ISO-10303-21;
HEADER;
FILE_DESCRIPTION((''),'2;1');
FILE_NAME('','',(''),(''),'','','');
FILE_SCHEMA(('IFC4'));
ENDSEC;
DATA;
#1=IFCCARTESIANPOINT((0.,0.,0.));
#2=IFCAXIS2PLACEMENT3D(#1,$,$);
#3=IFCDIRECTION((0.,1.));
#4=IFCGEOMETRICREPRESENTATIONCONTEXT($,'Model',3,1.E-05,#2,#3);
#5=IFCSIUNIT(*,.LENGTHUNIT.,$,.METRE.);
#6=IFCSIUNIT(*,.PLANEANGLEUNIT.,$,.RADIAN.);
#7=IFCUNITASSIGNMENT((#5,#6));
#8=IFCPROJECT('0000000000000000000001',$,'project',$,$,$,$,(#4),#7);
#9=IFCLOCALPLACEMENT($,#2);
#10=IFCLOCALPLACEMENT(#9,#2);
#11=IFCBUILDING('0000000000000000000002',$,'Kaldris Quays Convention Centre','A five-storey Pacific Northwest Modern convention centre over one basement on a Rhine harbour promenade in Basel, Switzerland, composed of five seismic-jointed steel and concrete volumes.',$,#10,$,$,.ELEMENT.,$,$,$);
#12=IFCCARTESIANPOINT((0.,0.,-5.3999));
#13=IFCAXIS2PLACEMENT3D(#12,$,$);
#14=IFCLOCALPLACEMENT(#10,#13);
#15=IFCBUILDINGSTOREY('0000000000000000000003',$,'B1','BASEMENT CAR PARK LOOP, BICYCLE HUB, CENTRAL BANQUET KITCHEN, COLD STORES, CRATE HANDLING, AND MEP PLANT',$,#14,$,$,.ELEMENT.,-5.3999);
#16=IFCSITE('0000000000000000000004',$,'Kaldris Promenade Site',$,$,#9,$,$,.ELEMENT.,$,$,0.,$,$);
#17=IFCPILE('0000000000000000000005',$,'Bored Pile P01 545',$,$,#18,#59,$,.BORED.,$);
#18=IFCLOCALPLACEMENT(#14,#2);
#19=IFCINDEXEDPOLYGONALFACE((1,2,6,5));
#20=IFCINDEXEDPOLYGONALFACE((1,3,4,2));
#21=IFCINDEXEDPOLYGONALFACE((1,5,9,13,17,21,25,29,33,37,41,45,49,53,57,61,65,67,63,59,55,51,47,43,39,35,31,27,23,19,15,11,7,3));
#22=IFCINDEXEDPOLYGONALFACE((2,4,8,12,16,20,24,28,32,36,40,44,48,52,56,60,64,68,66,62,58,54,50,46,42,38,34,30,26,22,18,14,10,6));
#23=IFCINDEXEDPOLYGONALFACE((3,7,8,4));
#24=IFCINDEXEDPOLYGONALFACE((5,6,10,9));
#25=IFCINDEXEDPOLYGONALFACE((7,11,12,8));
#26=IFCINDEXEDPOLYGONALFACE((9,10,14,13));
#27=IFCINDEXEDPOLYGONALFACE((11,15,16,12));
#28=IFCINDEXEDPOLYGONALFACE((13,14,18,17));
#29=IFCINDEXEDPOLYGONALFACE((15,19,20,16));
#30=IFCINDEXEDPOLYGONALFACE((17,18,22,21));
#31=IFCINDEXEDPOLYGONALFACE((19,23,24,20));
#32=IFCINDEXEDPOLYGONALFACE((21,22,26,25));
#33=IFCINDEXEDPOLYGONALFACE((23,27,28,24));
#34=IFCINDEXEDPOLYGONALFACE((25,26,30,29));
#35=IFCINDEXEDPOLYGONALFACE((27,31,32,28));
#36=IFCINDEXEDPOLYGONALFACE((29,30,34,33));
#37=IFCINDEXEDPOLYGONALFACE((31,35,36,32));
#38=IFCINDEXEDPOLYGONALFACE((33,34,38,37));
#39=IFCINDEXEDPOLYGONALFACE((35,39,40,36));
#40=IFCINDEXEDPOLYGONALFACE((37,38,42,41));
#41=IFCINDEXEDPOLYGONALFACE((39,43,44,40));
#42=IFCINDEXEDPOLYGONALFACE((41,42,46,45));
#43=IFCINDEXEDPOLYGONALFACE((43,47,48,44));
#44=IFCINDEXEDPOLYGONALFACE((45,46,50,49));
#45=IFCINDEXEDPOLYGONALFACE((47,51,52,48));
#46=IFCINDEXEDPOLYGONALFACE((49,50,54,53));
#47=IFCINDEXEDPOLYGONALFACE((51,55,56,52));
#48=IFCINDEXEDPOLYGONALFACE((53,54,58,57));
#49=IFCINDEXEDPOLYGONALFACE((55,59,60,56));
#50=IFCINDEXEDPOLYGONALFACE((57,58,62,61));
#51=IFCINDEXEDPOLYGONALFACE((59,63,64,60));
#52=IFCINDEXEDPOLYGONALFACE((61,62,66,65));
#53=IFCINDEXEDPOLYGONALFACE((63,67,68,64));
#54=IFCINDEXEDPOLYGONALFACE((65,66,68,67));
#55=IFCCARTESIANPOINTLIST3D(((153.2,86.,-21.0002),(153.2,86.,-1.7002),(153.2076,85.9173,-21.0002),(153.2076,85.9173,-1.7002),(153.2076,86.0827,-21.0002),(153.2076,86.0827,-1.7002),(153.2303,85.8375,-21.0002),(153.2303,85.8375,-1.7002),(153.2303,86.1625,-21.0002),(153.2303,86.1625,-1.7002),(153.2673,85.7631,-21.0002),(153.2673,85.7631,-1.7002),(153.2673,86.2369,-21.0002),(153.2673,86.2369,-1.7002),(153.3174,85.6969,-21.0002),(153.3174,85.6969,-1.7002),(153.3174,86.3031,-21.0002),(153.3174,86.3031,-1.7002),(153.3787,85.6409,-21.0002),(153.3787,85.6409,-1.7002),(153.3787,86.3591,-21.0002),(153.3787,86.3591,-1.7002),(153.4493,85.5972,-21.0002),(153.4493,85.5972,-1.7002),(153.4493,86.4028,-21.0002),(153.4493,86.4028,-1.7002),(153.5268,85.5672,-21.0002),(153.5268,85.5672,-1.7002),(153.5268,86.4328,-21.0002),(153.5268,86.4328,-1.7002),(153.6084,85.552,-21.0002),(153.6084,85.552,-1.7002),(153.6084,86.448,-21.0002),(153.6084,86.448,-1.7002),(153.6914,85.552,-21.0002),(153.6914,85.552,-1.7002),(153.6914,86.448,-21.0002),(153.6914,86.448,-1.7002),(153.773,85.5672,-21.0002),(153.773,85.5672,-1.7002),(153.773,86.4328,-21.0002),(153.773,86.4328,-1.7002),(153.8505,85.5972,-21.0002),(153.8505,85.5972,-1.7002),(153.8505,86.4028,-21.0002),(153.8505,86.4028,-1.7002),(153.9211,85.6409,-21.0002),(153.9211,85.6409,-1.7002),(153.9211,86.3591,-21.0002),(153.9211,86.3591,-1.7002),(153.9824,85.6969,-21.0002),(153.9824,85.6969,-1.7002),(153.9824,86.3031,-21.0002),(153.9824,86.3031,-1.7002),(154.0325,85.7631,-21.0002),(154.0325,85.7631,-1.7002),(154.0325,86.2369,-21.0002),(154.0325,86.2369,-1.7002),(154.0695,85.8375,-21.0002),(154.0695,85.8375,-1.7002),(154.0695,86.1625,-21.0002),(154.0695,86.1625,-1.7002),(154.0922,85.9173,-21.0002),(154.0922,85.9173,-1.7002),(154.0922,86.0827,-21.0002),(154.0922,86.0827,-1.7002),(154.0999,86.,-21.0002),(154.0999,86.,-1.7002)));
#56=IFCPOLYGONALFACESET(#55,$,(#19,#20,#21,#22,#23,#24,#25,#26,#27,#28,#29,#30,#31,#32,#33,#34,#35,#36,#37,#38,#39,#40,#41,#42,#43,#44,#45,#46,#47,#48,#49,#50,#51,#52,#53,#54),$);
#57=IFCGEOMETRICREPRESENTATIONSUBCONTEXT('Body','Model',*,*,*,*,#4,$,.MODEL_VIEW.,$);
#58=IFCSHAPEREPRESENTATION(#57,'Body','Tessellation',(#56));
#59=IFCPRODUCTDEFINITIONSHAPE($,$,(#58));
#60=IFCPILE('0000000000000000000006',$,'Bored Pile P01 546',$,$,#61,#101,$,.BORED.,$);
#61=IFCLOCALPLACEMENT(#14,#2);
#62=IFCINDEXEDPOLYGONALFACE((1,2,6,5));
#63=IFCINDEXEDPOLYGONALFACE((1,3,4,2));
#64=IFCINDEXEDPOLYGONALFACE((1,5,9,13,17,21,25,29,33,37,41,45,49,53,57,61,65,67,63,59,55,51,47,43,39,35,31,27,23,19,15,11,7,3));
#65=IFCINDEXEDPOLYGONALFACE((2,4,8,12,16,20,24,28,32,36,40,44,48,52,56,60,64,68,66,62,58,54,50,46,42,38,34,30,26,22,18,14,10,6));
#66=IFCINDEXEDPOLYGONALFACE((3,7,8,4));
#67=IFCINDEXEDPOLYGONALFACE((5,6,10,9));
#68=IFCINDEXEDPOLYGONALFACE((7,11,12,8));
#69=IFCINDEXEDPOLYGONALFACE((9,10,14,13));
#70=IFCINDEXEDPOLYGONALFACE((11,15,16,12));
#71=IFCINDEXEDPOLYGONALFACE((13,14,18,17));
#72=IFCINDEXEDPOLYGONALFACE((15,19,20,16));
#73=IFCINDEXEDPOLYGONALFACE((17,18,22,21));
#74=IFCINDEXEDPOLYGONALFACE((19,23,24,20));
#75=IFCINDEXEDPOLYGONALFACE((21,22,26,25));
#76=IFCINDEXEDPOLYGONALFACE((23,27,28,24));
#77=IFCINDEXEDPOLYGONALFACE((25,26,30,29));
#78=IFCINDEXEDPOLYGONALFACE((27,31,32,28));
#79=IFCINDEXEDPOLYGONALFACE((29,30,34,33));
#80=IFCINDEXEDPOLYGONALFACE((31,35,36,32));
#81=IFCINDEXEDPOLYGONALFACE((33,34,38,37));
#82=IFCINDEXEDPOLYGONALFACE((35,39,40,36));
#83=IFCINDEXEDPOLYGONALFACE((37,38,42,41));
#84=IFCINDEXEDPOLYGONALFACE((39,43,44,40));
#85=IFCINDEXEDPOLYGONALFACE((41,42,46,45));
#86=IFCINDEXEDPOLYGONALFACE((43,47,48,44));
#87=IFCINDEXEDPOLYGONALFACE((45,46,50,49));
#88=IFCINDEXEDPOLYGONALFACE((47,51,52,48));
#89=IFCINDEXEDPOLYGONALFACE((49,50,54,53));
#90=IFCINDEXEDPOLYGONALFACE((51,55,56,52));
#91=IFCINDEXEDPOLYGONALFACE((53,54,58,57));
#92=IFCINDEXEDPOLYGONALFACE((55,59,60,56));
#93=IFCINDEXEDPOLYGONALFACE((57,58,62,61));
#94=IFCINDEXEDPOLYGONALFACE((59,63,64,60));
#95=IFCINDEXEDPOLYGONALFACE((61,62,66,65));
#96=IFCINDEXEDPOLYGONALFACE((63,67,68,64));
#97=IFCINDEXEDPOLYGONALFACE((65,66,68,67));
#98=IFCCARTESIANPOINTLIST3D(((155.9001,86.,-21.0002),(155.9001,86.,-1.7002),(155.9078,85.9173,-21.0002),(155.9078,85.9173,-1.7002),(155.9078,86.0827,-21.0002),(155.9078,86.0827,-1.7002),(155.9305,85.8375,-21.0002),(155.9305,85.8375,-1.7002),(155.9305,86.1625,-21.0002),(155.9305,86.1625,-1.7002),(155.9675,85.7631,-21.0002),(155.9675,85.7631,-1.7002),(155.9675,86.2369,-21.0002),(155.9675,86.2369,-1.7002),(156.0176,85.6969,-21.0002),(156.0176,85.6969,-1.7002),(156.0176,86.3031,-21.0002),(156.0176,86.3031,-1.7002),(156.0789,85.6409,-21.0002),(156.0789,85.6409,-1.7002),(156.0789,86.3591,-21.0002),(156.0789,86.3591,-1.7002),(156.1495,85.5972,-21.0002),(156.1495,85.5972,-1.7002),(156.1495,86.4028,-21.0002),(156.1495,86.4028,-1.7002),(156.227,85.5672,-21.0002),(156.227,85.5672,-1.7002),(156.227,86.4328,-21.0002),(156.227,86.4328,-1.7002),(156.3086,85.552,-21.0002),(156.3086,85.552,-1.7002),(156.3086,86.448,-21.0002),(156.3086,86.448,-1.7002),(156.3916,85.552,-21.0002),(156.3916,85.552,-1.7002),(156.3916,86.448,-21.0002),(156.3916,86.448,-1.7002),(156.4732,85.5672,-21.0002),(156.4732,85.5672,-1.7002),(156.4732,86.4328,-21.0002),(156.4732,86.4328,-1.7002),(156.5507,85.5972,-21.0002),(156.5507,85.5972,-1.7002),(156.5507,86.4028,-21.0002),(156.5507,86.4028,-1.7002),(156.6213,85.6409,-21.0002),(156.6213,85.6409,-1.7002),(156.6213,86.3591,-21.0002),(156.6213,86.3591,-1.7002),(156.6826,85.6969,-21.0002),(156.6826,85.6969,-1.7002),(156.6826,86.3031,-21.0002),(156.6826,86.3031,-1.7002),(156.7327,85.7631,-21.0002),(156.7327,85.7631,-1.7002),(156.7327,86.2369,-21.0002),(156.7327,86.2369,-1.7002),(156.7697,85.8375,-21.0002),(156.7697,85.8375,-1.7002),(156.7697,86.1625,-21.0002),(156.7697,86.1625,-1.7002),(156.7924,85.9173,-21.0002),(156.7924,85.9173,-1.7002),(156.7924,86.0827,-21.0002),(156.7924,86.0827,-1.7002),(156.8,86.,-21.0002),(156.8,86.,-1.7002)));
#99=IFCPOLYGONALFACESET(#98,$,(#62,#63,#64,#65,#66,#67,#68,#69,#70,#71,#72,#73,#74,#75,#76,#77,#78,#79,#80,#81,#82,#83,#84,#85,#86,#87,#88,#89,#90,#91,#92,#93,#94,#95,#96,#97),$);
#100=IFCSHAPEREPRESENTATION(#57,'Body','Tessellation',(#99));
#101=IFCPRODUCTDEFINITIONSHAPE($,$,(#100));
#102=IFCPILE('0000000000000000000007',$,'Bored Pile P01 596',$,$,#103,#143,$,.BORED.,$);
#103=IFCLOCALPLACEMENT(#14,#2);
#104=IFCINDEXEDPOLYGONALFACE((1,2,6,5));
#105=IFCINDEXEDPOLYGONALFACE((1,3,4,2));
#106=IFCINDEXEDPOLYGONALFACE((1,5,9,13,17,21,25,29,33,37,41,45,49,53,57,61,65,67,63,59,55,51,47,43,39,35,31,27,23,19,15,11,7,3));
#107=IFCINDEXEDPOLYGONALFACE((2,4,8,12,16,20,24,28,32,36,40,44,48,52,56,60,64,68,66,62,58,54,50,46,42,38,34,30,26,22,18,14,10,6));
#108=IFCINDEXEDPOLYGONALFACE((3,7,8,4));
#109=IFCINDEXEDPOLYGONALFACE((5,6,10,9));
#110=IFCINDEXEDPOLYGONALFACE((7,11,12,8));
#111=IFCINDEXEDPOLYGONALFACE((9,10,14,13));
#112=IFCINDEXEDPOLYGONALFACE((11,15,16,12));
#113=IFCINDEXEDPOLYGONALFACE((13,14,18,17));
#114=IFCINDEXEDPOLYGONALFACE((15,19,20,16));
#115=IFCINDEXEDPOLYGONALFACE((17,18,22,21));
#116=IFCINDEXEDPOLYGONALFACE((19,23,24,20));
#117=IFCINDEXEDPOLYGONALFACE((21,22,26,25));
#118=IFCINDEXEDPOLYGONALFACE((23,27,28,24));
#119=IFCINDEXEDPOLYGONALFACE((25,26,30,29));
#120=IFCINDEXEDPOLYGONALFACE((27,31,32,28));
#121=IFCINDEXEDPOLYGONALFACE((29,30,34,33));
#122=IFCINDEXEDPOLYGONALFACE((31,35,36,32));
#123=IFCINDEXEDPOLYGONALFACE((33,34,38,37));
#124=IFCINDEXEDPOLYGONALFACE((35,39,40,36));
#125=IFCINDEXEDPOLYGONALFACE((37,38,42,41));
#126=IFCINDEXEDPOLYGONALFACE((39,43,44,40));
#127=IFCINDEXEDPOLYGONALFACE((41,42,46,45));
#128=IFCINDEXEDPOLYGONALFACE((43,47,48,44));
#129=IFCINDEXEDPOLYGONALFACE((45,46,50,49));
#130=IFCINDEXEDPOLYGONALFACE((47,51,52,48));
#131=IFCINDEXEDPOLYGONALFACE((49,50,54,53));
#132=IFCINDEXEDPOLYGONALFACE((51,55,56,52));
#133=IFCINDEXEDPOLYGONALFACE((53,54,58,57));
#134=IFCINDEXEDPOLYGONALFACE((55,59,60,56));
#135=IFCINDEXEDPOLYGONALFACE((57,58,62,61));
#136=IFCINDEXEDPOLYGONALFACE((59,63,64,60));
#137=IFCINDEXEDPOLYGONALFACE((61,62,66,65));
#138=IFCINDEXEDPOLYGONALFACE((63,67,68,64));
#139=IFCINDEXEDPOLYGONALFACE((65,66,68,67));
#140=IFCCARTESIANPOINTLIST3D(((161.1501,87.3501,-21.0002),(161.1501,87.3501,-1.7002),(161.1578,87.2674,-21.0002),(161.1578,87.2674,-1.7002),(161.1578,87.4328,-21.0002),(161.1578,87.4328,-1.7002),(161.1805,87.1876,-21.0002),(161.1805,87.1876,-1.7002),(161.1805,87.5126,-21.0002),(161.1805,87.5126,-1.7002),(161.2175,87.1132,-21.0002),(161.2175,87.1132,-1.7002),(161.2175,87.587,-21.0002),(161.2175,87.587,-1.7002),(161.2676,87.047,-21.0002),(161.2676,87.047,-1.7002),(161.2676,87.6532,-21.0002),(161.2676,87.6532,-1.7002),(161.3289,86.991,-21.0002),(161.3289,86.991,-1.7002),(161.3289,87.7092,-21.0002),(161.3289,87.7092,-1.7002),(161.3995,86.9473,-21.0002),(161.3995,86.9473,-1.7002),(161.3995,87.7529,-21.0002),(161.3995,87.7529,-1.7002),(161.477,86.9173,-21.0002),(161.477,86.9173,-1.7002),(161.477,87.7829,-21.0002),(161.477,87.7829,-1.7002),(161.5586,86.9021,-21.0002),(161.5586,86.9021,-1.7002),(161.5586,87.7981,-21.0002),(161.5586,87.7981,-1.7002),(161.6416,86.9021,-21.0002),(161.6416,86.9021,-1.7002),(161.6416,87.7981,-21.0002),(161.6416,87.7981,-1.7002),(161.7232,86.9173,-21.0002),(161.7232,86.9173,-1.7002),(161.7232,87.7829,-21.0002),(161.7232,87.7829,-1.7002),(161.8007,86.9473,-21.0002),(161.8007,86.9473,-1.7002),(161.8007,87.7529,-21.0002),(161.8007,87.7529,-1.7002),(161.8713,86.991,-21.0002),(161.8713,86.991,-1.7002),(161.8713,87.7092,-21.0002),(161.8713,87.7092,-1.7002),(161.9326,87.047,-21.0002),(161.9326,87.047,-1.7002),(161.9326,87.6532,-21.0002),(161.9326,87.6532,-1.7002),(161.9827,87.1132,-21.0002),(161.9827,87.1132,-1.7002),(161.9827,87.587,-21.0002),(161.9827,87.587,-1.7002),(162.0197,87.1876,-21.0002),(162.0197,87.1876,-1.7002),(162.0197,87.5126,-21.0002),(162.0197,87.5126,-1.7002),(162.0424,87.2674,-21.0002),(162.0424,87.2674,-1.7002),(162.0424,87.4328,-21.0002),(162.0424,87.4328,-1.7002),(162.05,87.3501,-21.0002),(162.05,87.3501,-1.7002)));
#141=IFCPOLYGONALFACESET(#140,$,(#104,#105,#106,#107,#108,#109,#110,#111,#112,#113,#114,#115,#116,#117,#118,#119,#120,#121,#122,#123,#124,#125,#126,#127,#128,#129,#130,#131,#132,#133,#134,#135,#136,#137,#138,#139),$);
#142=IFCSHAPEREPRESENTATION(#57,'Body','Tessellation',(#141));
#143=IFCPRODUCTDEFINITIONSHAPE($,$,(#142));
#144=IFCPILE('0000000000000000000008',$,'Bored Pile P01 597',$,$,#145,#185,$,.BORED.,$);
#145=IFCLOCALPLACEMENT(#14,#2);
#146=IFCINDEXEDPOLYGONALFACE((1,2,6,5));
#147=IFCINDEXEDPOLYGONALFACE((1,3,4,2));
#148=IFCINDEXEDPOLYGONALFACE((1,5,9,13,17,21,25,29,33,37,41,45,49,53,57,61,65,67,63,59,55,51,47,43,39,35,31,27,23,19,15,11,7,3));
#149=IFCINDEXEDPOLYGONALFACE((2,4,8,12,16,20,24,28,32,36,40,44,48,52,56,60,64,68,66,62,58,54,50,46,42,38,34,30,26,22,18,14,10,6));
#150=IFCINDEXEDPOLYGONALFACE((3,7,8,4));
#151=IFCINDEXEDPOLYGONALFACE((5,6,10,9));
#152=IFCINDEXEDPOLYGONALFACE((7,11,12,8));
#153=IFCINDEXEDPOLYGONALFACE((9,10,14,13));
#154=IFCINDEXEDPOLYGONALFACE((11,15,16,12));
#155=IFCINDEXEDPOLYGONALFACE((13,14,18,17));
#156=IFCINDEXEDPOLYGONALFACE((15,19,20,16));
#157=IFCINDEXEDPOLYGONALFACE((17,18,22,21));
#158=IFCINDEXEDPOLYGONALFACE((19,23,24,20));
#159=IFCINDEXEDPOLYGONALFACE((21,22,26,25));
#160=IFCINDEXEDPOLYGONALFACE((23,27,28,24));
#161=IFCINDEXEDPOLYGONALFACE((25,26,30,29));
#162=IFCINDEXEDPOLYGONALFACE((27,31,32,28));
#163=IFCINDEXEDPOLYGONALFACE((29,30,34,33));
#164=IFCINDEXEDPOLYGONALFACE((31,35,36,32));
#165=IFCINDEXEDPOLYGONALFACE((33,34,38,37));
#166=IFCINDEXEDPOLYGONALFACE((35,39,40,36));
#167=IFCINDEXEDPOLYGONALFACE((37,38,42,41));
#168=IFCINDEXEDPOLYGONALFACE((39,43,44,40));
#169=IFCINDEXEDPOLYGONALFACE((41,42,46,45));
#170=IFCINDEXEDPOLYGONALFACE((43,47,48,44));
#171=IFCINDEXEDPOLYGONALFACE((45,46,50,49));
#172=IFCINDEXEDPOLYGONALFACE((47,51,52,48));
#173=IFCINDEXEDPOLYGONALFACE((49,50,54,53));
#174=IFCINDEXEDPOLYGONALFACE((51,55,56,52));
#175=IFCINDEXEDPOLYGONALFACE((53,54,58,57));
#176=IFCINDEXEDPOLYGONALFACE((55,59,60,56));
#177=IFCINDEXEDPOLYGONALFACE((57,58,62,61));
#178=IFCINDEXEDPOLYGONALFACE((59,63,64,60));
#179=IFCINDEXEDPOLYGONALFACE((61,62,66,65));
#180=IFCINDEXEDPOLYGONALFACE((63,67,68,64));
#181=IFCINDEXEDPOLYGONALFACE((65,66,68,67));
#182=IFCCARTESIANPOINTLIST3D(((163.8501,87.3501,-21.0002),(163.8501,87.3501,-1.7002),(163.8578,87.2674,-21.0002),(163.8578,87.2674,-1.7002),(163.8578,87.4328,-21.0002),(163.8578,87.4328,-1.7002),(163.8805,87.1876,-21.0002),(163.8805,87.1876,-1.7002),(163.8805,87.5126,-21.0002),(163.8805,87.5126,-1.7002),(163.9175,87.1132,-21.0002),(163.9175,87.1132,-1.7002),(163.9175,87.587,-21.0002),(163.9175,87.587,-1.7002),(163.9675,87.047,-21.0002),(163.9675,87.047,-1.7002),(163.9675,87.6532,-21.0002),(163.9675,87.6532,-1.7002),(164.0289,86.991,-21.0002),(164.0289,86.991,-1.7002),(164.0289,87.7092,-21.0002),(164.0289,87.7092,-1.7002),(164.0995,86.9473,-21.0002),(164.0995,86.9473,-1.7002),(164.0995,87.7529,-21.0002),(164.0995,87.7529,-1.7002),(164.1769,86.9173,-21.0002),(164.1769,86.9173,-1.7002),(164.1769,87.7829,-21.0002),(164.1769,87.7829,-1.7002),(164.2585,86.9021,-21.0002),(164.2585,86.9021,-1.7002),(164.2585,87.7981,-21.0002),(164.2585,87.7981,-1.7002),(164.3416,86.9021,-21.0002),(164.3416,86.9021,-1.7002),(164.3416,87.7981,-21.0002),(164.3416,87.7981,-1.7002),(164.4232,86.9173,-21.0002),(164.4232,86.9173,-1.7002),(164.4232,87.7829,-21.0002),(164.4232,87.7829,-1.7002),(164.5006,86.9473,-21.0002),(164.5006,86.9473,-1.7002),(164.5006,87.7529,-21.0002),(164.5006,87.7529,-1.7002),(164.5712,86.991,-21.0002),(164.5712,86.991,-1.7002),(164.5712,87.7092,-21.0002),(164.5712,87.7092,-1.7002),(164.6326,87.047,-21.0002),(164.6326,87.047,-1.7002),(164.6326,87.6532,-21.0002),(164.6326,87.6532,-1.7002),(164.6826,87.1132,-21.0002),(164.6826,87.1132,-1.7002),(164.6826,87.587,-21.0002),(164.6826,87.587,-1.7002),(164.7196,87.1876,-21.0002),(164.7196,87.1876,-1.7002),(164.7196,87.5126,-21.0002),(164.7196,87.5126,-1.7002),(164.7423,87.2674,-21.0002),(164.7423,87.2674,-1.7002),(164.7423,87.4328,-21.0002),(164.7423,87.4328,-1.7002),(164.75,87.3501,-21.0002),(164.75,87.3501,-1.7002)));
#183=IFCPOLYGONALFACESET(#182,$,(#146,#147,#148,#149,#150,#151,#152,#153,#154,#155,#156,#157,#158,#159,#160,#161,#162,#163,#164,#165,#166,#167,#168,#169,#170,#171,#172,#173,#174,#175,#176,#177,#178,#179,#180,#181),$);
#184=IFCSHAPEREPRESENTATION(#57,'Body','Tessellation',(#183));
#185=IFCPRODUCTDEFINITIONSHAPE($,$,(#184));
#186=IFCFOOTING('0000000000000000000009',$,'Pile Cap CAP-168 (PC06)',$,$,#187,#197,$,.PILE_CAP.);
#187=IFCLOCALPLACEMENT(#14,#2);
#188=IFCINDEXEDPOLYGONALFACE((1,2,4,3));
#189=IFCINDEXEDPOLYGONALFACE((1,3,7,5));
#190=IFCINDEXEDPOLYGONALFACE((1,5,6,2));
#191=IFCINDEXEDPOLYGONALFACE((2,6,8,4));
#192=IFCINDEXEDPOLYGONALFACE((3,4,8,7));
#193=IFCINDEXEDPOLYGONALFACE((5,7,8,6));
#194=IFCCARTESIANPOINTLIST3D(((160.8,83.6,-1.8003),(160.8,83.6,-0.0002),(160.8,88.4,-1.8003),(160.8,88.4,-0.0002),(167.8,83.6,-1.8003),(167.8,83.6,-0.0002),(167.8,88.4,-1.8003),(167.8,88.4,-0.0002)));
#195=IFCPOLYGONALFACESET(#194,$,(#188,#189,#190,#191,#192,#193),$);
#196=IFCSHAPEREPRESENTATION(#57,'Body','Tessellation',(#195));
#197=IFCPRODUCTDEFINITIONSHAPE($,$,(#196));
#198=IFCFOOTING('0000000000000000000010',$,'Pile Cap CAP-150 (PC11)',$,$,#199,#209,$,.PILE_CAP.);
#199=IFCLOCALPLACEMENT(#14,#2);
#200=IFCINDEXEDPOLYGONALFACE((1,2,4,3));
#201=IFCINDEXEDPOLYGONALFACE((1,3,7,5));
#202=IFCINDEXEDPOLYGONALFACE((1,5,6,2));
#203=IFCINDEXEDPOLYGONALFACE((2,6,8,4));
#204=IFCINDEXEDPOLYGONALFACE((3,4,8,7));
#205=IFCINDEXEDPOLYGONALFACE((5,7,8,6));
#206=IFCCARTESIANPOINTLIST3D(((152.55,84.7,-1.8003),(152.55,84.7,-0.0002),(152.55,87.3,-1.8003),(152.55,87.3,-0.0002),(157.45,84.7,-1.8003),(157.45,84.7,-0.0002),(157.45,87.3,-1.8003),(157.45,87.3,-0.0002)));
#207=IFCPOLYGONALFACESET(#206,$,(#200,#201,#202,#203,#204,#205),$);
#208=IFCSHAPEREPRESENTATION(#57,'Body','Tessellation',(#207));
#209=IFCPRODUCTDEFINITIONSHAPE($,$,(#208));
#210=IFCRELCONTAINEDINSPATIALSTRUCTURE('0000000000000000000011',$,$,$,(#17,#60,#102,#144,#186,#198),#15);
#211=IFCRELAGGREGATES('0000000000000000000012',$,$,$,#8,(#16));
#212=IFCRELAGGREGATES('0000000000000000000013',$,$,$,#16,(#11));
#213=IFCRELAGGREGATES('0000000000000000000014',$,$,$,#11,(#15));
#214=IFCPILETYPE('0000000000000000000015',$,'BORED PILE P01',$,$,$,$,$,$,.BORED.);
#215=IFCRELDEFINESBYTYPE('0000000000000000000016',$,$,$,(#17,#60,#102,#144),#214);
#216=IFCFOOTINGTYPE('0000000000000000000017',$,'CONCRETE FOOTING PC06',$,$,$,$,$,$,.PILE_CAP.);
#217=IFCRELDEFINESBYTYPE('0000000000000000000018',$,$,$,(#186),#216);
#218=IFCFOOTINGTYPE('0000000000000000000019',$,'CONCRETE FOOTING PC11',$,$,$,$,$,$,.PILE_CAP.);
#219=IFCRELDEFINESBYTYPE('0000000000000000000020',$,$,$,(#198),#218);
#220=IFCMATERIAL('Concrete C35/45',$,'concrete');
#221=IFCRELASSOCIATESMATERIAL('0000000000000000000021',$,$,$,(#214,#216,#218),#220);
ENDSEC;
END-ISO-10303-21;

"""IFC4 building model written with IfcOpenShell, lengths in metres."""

from ifc_helpers import new_model, si_unit, direction, frame, origin, origin_2d, place, context, subcontext, project, spatial, rectangle, circle, extrude, material, material_profile, profile_set, type_object, element, save


model = new_model("IFC4")

# Units and contexts
model_context = context("Model", 3, precision=1e-05, world=origin(), true_north=direction((0.0, 1.0)))
body_context = subcontext(model_context, "Body", "Model", "MODEL_VIEW")
ifc_project = project(units=[si_unit("LENGTHUNIT", "METRE"), si_unit("PLANEANGLEUNIT", "RADIAN")], contexts=[model_context])

# Site, building, storey
site_placement = place(None, origin())
site = spatial("IfcSite", under=ifc_project, at=site_placement, Name="Kaldris Promenade Site", CompositionType="ELEMENT", RefElevation=0.0)
building_placement = place(site_placement, origin())
building = spatial("IfcBuilding", under=site, at=building_placement, Name="Kaldris Quays Convention Centre", Description="A five-storey Pacific Northwest Modern convention centre over one basement on a Rhine harbour promenade in Basel, Switzerland, composed of five seismic-jointed steel and concrete volumes.", CompositionType="ELEMENT")
storey_placement = place(building_placement, frame((0.0, 0.0, -5.3999)))
storey = spatial("IfcBuildingStorey", under=building, at=storey_placement, Name="B1", Description="BASEMENT CAR PARK LOOP, BICYCLE HUB, CENTRAL BANQUET KITCHEN, COLD STORES, CRATE HANDLING, AND MEP PLANT", CompositionType="ELEMENT", Elevation=-5.3999)

# Piles
ifc_material_1 = material(Name="Concrete C35/45", Category="concrete")
ifc_material_profile_1 = material_profile(ifc_material_1, circle(Radius=0.45, at=origin_2d()), Name="BORED PILE D900")
ifc_profile_set_1 = profile_set([ifc_material_profile_1], Name="Concrete C35/45")
pile_type = type_object("IfcPileType", Name="BORED PILE P01", PredefinedType="BORED", material=ifc_profile_set_1)
for number, where, z_axis, x_axis, name in (
    (1, (153.6499, 86.0, -1.7002), (0.0, 0.0, -1.0), (1.0, 0.0, 0.0), "Bored Pile P01 545"),
    (2, (156.3501, 86.0, -1.7002), (0.0, 0.0, -1.0), (1.0, 0.0, 0.0), "Bored Pile P01 546"),
    (3, (161.6001, 87.3501, -1.7002), (0.0, 0.0, -1.0), (1.0, 0.0, 0.0), "Bored Pile P01 596"),
    (4, (164.3, 87.3501, -1.7002), (0.0, 0.0, -1.0), (1.0, 0.0, 0.0), "Bored Pile P01 597"),
):
    element("IfcPile", number, at=place(storey_placement, frame(where, z_axis=z_axis, x_axis=x_axis)), inside=storey, type_object=pile_type, Name=name, PredefinedType="BORED", context=body_context, shape_type="SweptSolid", body=[
        extrude(circle(Radius=0.45, at=origin_2d()), origin(), (0.0, 0.0, 1.0), 19.3),
    ])

# Footings
footing_type_1 = type_object("IfcFootingType", Name="CONCRETE FOOTING PC06", PredefinedType="PILE_CAP", material=ifc_material_1)
footing_1_placement = place(storey_placement, frame((164.3, 86.0, -1.8003), z_axis=(0.0, 0.0, 1.0), x_axis=(1.0, 0.0, 0.0)))
element("IfcFooting", 5, at=footing_1_placement, inside=storey, type_object=footing_type_1, Name="Pile Cap CAP-168 (PC06)", PredefinedType="PILE_CAP", context=body_context, shape_type="SweptSolid", body=[
    extrude(rectangle(XDim=7.0, YDim=4.8, at=origin_2d()), origin(), (0.0, 0.0, 1.0), 1.8),
])
footing_type_2 = type_object("IfcFootingType", Name="CONCRETE FOOTING PC11", PredefinedType="PILE_CAP", material=ifc_material_1)
footing_2_placement = place(storey_placement, frame((155.0, 86.0, -1.8003), z_axis=(0.0, 0.0, 1.0), x_axis=(1.0, 0.0, 0.0)))
element("IfcFooting", 6, at=footing_2_placement, inside=storey, type_object=footing_type_2, Name="Pile Cap CAP-150 (PC11)", PredefinedType="PILE_CAP", context=body_context, shape_type="SweptSolid", body=[
    extrude(rectangle(XDim=4.8999, YDim=2.6001, at=origin_2d()), origin(), (0.0, 0.0, 1.0), 1.8),
])

save(model, "model.ifc")
